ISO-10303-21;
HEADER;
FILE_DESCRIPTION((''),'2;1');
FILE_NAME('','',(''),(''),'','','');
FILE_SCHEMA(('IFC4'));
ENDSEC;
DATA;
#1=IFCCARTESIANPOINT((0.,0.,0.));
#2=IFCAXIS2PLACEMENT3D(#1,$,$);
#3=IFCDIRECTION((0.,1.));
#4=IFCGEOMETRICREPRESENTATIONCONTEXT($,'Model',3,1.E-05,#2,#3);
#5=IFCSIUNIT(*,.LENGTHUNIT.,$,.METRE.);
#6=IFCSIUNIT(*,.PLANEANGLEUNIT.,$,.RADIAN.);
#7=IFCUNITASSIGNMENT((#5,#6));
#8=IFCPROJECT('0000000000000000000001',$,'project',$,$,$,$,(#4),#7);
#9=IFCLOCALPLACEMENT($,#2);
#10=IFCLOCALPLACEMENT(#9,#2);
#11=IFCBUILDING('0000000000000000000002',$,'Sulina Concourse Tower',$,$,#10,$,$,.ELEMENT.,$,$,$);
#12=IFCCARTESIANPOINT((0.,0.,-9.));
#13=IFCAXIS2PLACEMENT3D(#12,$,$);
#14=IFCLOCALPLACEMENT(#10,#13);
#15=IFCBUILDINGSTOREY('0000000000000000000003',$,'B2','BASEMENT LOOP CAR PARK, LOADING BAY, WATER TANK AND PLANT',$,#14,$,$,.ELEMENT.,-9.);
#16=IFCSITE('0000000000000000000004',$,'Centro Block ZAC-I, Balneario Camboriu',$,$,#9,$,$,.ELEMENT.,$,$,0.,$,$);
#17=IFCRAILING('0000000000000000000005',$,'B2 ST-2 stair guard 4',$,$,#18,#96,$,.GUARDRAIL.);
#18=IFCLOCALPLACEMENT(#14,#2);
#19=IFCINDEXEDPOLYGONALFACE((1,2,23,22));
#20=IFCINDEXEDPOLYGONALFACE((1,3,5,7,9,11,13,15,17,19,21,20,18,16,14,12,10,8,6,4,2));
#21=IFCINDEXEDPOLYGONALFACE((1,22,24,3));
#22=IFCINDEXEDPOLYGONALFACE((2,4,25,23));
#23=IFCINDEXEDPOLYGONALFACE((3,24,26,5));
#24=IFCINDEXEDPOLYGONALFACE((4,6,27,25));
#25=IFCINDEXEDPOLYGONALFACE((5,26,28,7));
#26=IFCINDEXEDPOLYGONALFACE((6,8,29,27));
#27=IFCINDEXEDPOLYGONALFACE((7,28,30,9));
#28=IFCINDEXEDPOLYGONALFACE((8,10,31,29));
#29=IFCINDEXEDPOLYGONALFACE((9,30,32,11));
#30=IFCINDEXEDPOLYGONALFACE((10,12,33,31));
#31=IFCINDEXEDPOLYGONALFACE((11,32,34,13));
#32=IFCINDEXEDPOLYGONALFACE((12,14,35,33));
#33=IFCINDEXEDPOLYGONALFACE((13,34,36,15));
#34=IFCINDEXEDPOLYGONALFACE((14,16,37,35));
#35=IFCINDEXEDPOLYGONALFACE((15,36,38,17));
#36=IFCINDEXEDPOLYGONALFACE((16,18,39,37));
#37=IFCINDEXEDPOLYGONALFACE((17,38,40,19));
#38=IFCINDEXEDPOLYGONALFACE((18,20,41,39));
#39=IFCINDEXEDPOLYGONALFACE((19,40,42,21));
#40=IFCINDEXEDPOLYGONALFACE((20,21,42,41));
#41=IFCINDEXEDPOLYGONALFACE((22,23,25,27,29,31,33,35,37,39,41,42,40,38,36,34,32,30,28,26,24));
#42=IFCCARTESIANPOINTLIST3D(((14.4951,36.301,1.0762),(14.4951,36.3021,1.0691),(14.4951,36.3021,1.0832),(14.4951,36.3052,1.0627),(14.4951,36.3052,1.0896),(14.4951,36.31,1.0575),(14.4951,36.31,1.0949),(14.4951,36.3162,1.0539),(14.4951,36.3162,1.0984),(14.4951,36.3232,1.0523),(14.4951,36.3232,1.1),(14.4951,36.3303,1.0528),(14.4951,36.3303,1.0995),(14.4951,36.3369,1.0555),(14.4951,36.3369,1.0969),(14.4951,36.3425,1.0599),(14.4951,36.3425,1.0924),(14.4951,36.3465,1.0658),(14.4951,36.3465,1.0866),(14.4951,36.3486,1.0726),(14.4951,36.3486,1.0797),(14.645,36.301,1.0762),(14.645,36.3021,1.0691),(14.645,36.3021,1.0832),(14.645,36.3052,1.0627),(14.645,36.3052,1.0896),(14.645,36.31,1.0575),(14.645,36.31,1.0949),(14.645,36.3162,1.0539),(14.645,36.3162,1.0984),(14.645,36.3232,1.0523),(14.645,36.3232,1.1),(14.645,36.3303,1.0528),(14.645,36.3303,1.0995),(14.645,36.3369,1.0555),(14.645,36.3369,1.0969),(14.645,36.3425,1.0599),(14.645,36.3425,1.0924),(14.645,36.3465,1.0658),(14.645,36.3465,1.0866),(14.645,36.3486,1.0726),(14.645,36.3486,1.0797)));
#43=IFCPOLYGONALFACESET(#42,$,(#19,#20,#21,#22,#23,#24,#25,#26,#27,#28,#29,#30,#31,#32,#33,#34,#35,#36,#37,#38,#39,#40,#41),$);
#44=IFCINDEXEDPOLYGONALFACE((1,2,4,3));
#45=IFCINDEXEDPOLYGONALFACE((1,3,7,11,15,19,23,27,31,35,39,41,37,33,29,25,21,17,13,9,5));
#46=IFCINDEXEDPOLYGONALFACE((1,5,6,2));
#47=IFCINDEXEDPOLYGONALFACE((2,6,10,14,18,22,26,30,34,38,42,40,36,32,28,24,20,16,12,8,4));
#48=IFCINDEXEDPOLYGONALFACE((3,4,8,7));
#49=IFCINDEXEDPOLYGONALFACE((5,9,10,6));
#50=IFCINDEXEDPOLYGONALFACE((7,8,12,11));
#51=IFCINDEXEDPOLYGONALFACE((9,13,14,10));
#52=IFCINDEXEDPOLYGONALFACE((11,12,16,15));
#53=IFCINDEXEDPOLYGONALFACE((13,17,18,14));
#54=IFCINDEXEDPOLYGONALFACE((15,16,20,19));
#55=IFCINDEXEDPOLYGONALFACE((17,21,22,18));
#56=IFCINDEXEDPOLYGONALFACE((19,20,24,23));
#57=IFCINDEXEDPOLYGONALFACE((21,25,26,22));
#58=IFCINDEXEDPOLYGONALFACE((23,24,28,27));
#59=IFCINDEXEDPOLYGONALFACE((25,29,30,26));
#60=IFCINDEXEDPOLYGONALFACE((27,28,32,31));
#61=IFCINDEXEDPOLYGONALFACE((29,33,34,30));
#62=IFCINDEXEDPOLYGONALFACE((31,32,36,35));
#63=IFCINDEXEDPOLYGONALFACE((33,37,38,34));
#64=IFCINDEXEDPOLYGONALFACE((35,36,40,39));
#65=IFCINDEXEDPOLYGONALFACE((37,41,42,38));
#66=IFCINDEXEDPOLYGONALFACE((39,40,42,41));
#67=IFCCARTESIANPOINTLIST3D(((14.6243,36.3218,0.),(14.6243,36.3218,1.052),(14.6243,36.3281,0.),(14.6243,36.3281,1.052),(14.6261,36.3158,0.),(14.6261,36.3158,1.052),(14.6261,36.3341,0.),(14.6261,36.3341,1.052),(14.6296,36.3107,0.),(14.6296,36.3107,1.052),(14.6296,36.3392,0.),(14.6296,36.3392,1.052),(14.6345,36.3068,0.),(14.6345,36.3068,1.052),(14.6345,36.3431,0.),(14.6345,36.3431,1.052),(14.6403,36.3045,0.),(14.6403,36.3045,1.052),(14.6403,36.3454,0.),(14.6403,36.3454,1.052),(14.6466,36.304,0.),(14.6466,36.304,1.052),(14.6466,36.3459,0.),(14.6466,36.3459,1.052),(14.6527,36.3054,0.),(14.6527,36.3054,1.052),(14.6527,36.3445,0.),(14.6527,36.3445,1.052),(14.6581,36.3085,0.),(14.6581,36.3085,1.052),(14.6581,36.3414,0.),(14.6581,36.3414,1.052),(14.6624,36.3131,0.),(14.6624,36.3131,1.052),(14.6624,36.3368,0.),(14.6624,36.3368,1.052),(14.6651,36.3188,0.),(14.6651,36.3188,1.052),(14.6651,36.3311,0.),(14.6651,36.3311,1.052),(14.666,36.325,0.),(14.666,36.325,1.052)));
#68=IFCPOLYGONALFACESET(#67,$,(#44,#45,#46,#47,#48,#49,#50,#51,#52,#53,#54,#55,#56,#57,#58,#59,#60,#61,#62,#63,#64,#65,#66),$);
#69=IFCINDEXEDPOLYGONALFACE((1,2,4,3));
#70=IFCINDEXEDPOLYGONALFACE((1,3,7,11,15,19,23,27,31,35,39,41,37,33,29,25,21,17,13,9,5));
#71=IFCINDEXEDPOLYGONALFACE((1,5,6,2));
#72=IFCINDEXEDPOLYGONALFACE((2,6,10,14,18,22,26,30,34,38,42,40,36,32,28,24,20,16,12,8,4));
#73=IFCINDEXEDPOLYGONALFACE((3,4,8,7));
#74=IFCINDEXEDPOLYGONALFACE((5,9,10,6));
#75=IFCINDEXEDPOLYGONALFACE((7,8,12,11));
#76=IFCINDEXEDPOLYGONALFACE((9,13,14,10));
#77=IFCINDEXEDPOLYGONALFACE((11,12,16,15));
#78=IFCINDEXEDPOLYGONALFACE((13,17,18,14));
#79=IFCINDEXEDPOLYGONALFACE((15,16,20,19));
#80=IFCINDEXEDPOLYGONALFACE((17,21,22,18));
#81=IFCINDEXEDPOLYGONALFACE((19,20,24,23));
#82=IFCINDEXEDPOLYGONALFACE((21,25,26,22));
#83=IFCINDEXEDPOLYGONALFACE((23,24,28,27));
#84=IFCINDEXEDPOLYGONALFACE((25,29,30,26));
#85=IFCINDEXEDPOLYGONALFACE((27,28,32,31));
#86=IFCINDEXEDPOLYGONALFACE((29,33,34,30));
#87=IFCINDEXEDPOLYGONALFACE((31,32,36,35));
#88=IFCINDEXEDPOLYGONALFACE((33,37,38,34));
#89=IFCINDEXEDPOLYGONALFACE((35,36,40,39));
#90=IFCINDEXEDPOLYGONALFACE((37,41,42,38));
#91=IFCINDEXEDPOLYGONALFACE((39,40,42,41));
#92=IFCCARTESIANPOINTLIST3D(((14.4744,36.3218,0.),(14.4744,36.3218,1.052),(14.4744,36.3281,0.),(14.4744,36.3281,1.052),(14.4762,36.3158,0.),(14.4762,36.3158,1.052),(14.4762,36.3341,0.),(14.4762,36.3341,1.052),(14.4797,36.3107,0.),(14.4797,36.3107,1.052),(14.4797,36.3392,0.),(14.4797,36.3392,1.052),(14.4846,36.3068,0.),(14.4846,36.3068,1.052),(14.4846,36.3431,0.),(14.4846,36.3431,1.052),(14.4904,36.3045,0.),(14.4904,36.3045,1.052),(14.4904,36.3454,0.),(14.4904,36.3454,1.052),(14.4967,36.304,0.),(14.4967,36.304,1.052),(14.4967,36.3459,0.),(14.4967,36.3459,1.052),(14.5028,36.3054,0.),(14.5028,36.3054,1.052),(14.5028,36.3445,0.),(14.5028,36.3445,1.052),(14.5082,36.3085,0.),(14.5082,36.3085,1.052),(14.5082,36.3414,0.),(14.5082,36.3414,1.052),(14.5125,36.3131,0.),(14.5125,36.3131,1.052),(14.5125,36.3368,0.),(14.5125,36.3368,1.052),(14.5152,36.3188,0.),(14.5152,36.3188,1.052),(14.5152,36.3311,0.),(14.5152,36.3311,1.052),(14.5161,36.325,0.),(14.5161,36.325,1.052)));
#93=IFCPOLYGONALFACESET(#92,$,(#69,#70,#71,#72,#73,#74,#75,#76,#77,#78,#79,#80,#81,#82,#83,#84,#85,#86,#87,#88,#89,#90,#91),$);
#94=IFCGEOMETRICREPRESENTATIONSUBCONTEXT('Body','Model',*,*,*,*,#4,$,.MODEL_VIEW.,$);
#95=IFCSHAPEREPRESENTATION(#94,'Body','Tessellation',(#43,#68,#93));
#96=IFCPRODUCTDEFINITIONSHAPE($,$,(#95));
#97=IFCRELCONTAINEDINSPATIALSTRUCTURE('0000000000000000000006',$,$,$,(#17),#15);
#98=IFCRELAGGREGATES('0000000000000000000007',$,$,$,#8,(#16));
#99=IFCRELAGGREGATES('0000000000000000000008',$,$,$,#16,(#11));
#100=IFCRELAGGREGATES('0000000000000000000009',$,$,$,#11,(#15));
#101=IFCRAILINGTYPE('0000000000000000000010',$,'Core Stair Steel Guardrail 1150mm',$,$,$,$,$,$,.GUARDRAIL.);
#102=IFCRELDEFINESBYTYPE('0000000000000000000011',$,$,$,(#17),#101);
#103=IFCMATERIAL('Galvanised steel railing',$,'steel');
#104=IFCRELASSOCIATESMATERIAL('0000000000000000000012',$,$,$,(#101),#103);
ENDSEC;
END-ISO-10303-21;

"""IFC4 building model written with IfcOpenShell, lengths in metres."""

from ifc_helpers import new_model, si_unit, direction, frame, origin, origin_2d, place, context, subcontext, project, spatial, circle, extrude, material, type_object, element, save


model = new_model("IFC4")

# Units and contexts
model_context = context("Model", 3, precision=1e-05, world=origin(), true_north=direction((0.0, 1.0)))
body_context = subcontext(model_context, "Body", "Model", "MODEL_VIEW")
ifc_project = project(units=[si_unit("LENGTHUNIT", "METRE"), si_unit("PLANEANGLEUNIT", "RADIAN")], contexts=[model_context])

# Site, building, storey
site_placement = place(None, origin())
site = spatial("IfcSite", under=ifc_project, at=site_placement, Name="Centro Block ZAC-I, Balneario Camboriu", CompositionType="ELEMENT", RefElevation=0.0)
building_placement = place(site_placement, origin())
building = spatial("IfcBuilding", under=site, at=building_placement, Name="Sulina Concourse Tower", CompositionType="ELEMENT")
storey_placement = place(building_placement, frame((0.0, 0.0, -9.0)))
storey = spatial("IfcBuildingStorey", under=building, at=storey_placement, Name="B2", Description="BASEMENT LOOP CAR PARK, LOADING BAY, WATER TANK AND PLANT", CompositionType="ELEMENT", Elevation=-9.0)

# Railing
ifc_material_1 = material(Name="Galvanised steel railing", Category="steel")
railing_type = type_object("IfcRailingType", Name="Core Stair Steel Guardrail 1150mm", PredefinedType="GUARDRAIL", material=ifc_material_1)
railing_1_placement = place(storey_placement, frame((14.645, 36.325, 0.0)))
element("IfcRailing", 1, at=railing_1_placement, inside=storey, type_object=railing_type, Name="B2 ST-2 stair guard 4", PredefinedType="GUARDRAIL", context=body_context, shape_type="SweptSolid", body=[
    extrude(circle(Radius=0.0239, at=origin_2d()), frame((0.0, 0.0, 1.0762), z_axis=(-1.0, 0.0, 0.0), x_axis=(0.0, -1.0, 0.0)), (0.0, 0.0, 1.0), 0.1499),
    extrude(circle(Radius=0.021, at=origin_2d()), origin(), (0.0, 0.0, 1.0), 1.052),
    extrude(circle(Radius=0.021, at=origin_2d()), frame((-0.1499, 0.0, 0.0)), (0.0, 0.0, 1.0), 1.052),
])

save(model, "model.ifc")
